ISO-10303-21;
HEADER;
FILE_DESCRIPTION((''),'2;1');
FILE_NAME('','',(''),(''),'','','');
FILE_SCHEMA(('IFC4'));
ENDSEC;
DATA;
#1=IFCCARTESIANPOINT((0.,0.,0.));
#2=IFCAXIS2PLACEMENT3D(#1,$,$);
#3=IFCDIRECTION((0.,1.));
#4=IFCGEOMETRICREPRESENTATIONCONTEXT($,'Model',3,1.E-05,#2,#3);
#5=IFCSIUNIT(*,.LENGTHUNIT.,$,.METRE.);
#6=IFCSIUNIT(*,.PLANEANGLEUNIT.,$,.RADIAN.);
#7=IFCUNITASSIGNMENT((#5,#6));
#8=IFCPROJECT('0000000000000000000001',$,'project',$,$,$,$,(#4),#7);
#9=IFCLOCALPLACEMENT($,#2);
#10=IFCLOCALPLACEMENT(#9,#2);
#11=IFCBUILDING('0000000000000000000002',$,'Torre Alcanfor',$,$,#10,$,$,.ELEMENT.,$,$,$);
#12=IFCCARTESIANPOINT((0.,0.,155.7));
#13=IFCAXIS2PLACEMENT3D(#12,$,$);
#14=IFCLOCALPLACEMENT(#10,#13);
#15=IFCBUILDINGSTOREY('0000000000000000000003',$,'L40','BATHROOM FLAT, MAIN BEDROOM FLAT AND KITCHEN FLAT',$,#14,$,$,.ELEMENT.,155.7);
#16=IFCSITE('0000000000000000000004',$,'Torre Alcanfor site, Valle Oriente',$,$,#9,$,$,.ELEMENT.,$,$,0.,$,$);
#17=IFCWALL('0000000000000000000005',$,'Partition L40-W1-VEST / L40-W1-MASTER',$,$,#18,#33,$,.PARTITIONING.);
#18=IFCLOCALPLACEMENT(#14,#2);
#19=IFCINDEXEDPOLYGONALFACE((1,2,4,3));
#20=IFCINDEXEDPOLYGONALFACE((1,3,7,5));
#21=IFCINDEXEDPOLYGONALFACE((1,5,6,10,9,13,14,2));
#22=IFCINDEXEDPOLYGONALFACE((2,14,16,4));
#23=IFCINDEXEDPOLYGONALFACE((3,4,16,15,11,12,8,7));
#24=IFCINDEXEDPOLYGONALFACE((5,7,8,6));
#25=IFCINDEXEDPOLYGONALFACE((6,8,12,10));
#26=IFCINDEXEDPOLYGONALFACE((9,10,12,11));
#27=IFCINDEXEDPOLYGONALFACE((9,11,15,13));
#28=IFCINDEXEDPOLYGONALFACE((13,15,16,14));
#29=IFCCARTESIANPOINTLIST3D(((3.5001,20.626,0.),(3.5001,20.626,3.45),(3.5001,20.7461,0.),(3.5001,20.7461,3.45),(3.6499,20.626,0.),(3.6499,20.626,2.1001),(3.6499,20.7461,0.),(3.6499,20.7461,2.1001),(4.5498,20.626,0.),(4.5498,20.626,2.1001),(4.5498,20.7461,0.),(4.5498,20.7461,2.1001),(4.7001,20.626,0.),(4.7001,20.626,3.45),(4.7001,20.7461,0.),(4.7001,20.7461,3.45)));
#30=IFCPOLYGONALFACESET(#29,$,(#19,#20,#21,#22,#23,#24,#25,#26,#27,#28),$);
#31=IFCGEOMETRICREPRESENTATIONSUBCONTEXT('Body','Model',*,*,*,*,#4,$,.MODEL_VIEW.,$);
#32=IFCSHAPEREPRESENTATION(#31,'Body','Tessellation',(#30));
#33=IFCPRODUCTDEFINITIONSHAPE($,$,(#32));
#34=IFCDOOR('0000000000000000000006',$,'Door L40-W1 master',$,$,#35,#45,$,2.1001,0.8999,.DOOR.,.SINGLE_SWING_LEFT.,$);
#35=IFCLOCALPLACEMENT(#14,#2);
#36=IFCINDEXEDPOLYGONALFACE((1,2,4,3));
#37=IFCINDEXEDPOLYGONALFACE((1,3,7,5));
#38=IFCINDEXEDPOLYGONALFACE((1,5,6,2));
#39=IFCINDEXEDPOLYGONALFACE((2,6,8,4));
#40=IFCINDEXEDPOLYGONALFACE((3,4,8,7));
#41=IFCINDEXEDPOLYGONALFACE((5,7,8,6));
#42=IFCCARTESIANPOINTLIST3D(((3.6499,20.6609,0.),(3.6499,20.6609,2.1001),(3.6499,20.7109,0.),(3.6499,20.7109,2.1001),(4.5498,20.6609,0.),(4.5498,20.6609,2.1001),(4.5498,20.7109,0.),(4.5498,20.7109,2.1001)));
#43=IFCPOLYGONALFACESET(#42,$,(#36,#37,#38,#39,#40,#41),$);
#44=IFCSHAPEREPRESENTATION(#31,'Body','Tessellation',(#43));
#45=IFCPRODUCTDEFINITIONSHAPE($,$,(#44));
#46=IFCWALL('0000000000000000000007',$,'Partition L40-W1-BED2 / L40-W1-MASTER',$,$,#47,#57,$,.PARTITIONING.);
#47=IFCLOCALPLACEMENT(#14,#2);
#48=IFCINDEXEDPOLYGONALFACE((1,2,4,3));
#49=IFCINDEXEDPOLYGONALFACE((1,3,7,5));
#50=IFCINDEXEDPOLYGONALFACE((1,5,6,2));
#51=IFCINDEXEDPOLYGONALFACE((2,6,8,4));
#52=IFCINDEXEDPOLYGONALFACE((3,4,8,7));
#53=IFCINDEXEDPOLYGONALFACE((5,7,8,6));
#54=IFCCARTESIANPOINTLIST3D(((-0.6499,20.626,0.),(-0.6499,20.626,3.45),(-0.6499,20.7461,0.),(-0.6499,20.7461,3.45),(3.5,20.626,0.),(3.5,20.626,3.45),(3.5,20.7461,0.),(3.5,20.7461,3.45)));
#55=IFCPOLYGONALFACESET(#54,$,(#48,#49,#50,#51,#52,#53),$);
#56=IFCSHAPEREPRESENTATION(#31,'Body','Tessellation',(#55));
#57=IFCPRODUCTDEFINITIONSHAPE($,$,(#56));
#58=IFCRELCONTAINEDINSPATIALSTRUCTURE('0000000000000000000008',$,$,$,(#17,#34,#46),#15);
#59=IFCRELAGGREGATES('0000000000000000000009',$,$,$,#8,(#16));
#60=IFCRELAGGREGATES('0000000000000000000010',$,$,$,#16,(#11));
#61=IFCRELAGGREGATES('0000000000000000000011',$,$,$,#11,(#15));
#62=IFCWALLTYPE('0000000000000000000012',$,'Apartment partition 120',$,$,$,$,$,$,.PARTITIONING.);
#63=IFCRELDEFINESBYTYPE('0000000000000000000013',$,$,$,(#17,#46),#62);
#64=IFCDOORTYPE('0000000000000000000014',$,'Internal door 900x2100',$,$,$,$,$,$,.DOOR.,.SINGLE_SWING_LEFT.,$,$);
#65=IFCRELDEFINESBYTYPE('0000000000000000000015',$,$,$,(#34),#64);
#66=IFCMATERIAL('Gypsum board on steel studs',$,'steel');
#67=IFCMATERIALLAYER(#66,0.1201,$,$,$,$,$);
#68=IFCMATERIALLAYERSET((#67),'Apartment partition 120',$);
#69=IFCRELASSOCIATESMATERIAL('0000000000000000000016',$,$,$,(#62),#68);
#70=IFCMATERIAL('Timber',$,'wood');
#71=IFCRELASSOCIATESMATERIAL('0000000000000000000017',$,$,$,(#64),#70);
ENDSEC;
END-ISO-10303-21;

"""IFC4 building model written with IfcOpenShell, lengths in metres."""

from ifc_helpers import new_model, si_unit, direction, frame, frame_2d, origin, place, context, subcontext, project, spatial, rectangle, extrude, material, layer, layer_set, type_object, element, fill, save


model = new_model("IFC4")

# Units and contexts
model_context = context("Model", 3, precision=1e-05, world=origin(), true_north=direction((0.0, 1.0)))
body_context = subcontext(model_context, "Body", "Model", "MODEL_VIEW")
ifc_project = project(units=[si_unit("LENGTHUNIT", "METRE"), si_unit("PLANEANGLEUNIT", "RADIAN")], contexts=[model_context])

# Site, building, storey
site_placement = place(None, origin())
site = spatial("IfcSite", under=ifc_project, at=site_placement, Name="Torre Alcanfor site, Valle Oriente", CompositionType="ELEMENT", RefElevation=0.0)
building_placement = place(site_placement, origin())
building = spatial("IfcBuilding", under=site, at=building_placement, Name="Torre Alcanfor", CompositionType="ELEMENT")
storey_placement = place(building_placement, frame((0.0, 0.0, 155.7)))
storey = spatial("IfcBuildingStorey", under=building, at=storey_placement, Name="L40", Description="BATHROOM FLAT, MAIN BEDROOM FLAT AND KITCHEN FLAT", CompositionType="ELEMENT", Elevation=155.7)

# Shared definitions
ifc_material_1 = material(Name="Gypsum board on steel studs", Category="steel")
ifc_layer_1 = layer(ifc_material_1, 0.1201)
ifc_layer_set_1 = layer_set([ifc_layer_1], Name="Apartment partition 120")
wall_type = type_object("IfcWallType", Name="Apartment partition 120", PredefinedType="PARTITIONING", material=ifc_layer_set_1)

# Shared definitions
ifc_material_2 = material(Name="Timber", Category="wood")
door_type = type_object("IfcDoorType", Name="Internal door 900x2100", OperationType="SINGLE_SWING_LEFT", PredefinedType="DOOR", material=ifc_material_2)

# Wall, opening, door
wall_1_placement = place(storey_placement, frame((3.5, 20.686, 0.0), z_axis=(0.0, 0.0, 1.0), x_axis=(1.0, 0.0, 0.0)))
wall_1 = element("IfcWall", 1, at=wall_1_placement, inside=storey, type_object=wall_type, Name="Partition L40-W1-VEST / L40-W1-MASTER", PredefinedType="PARTITIONING", context=body_context, shape_type="SweptSolid", body=[
    extrude(rectangle(XDim=1.2, YDim=0.1201, at=frame_2d((0.6001, 0.0))), origin(), (0.0, 0.0, 1.0), 3.45),
])
opening_1_placement = place(wall_1_placement, frame((0.1499, 0.0, 0.0)))
opening_1 = element("IfcOpeningElement", 2, at=opening_1_placement, cuts=wall_1, PredefinedType="OPENING", context=body_context, shape_type="SweptSolid", body=[
    extrude(rectangle(XDim=0.8999, YDim=2.1001, at=frame_2d((0.45, 1.05))), frame((0.0, 0.0701, 0.0), z_axis=(0.0, -1.0, 0.0), x_axis=(1.0, 0.0, 0.0)), (0.0, 0.0, 1.0), 0.1401),
])
door_1_placement = place(opening_1_placement, origin())
door_1 = element("IfcDoor", 3, at=door_1_placement, inside=storey, type_object=door_type, Name="Door L40-W1 master", OperationType="SINGLE_SWING_LEFT", OverallHeight=2.1001, OverallWidth=0.8999, PredefinedType="DOOR", context=body_context, shape_type="SweptSolid", body=[
    extrude(rectangle(XDim=0.8999, YDim=2.1001, at=frame_2d((0.45, 1.05))), frame((0.0, 0.0249, 0.0), z_axis=(0.0, -1.0, 0.0), x_axis=(1.0, 0.0, 0.0)), (0.0, 0.0, 1.0), 0.05),
])
fill(opening_1, door_1)

# Wall
wall_2_placement = place(storey_placement, frame((-0.6499, 20.686, 0.0), z_axis=(0.0, 0.0, 1.0), x_axis=(1.0, 0.0, 0.0)))
element("IfcWall", 4, at=wall_2_placement, inside=storey, type_object=wall_type, Name="Partition L40-W1-BED2 / L40-W1-MASTER", PredefinedType="PARTITIONING", context=body_context, shape_type="SweptSolid", body=[
    extrude(rectangle(XDim=4.1499, YDim=0.1201, at=frame_2d((2.075, 0.0))), origin(), (0.0, 0.0, 1.0), 3.45),
])

save(model, "model.ifc")
